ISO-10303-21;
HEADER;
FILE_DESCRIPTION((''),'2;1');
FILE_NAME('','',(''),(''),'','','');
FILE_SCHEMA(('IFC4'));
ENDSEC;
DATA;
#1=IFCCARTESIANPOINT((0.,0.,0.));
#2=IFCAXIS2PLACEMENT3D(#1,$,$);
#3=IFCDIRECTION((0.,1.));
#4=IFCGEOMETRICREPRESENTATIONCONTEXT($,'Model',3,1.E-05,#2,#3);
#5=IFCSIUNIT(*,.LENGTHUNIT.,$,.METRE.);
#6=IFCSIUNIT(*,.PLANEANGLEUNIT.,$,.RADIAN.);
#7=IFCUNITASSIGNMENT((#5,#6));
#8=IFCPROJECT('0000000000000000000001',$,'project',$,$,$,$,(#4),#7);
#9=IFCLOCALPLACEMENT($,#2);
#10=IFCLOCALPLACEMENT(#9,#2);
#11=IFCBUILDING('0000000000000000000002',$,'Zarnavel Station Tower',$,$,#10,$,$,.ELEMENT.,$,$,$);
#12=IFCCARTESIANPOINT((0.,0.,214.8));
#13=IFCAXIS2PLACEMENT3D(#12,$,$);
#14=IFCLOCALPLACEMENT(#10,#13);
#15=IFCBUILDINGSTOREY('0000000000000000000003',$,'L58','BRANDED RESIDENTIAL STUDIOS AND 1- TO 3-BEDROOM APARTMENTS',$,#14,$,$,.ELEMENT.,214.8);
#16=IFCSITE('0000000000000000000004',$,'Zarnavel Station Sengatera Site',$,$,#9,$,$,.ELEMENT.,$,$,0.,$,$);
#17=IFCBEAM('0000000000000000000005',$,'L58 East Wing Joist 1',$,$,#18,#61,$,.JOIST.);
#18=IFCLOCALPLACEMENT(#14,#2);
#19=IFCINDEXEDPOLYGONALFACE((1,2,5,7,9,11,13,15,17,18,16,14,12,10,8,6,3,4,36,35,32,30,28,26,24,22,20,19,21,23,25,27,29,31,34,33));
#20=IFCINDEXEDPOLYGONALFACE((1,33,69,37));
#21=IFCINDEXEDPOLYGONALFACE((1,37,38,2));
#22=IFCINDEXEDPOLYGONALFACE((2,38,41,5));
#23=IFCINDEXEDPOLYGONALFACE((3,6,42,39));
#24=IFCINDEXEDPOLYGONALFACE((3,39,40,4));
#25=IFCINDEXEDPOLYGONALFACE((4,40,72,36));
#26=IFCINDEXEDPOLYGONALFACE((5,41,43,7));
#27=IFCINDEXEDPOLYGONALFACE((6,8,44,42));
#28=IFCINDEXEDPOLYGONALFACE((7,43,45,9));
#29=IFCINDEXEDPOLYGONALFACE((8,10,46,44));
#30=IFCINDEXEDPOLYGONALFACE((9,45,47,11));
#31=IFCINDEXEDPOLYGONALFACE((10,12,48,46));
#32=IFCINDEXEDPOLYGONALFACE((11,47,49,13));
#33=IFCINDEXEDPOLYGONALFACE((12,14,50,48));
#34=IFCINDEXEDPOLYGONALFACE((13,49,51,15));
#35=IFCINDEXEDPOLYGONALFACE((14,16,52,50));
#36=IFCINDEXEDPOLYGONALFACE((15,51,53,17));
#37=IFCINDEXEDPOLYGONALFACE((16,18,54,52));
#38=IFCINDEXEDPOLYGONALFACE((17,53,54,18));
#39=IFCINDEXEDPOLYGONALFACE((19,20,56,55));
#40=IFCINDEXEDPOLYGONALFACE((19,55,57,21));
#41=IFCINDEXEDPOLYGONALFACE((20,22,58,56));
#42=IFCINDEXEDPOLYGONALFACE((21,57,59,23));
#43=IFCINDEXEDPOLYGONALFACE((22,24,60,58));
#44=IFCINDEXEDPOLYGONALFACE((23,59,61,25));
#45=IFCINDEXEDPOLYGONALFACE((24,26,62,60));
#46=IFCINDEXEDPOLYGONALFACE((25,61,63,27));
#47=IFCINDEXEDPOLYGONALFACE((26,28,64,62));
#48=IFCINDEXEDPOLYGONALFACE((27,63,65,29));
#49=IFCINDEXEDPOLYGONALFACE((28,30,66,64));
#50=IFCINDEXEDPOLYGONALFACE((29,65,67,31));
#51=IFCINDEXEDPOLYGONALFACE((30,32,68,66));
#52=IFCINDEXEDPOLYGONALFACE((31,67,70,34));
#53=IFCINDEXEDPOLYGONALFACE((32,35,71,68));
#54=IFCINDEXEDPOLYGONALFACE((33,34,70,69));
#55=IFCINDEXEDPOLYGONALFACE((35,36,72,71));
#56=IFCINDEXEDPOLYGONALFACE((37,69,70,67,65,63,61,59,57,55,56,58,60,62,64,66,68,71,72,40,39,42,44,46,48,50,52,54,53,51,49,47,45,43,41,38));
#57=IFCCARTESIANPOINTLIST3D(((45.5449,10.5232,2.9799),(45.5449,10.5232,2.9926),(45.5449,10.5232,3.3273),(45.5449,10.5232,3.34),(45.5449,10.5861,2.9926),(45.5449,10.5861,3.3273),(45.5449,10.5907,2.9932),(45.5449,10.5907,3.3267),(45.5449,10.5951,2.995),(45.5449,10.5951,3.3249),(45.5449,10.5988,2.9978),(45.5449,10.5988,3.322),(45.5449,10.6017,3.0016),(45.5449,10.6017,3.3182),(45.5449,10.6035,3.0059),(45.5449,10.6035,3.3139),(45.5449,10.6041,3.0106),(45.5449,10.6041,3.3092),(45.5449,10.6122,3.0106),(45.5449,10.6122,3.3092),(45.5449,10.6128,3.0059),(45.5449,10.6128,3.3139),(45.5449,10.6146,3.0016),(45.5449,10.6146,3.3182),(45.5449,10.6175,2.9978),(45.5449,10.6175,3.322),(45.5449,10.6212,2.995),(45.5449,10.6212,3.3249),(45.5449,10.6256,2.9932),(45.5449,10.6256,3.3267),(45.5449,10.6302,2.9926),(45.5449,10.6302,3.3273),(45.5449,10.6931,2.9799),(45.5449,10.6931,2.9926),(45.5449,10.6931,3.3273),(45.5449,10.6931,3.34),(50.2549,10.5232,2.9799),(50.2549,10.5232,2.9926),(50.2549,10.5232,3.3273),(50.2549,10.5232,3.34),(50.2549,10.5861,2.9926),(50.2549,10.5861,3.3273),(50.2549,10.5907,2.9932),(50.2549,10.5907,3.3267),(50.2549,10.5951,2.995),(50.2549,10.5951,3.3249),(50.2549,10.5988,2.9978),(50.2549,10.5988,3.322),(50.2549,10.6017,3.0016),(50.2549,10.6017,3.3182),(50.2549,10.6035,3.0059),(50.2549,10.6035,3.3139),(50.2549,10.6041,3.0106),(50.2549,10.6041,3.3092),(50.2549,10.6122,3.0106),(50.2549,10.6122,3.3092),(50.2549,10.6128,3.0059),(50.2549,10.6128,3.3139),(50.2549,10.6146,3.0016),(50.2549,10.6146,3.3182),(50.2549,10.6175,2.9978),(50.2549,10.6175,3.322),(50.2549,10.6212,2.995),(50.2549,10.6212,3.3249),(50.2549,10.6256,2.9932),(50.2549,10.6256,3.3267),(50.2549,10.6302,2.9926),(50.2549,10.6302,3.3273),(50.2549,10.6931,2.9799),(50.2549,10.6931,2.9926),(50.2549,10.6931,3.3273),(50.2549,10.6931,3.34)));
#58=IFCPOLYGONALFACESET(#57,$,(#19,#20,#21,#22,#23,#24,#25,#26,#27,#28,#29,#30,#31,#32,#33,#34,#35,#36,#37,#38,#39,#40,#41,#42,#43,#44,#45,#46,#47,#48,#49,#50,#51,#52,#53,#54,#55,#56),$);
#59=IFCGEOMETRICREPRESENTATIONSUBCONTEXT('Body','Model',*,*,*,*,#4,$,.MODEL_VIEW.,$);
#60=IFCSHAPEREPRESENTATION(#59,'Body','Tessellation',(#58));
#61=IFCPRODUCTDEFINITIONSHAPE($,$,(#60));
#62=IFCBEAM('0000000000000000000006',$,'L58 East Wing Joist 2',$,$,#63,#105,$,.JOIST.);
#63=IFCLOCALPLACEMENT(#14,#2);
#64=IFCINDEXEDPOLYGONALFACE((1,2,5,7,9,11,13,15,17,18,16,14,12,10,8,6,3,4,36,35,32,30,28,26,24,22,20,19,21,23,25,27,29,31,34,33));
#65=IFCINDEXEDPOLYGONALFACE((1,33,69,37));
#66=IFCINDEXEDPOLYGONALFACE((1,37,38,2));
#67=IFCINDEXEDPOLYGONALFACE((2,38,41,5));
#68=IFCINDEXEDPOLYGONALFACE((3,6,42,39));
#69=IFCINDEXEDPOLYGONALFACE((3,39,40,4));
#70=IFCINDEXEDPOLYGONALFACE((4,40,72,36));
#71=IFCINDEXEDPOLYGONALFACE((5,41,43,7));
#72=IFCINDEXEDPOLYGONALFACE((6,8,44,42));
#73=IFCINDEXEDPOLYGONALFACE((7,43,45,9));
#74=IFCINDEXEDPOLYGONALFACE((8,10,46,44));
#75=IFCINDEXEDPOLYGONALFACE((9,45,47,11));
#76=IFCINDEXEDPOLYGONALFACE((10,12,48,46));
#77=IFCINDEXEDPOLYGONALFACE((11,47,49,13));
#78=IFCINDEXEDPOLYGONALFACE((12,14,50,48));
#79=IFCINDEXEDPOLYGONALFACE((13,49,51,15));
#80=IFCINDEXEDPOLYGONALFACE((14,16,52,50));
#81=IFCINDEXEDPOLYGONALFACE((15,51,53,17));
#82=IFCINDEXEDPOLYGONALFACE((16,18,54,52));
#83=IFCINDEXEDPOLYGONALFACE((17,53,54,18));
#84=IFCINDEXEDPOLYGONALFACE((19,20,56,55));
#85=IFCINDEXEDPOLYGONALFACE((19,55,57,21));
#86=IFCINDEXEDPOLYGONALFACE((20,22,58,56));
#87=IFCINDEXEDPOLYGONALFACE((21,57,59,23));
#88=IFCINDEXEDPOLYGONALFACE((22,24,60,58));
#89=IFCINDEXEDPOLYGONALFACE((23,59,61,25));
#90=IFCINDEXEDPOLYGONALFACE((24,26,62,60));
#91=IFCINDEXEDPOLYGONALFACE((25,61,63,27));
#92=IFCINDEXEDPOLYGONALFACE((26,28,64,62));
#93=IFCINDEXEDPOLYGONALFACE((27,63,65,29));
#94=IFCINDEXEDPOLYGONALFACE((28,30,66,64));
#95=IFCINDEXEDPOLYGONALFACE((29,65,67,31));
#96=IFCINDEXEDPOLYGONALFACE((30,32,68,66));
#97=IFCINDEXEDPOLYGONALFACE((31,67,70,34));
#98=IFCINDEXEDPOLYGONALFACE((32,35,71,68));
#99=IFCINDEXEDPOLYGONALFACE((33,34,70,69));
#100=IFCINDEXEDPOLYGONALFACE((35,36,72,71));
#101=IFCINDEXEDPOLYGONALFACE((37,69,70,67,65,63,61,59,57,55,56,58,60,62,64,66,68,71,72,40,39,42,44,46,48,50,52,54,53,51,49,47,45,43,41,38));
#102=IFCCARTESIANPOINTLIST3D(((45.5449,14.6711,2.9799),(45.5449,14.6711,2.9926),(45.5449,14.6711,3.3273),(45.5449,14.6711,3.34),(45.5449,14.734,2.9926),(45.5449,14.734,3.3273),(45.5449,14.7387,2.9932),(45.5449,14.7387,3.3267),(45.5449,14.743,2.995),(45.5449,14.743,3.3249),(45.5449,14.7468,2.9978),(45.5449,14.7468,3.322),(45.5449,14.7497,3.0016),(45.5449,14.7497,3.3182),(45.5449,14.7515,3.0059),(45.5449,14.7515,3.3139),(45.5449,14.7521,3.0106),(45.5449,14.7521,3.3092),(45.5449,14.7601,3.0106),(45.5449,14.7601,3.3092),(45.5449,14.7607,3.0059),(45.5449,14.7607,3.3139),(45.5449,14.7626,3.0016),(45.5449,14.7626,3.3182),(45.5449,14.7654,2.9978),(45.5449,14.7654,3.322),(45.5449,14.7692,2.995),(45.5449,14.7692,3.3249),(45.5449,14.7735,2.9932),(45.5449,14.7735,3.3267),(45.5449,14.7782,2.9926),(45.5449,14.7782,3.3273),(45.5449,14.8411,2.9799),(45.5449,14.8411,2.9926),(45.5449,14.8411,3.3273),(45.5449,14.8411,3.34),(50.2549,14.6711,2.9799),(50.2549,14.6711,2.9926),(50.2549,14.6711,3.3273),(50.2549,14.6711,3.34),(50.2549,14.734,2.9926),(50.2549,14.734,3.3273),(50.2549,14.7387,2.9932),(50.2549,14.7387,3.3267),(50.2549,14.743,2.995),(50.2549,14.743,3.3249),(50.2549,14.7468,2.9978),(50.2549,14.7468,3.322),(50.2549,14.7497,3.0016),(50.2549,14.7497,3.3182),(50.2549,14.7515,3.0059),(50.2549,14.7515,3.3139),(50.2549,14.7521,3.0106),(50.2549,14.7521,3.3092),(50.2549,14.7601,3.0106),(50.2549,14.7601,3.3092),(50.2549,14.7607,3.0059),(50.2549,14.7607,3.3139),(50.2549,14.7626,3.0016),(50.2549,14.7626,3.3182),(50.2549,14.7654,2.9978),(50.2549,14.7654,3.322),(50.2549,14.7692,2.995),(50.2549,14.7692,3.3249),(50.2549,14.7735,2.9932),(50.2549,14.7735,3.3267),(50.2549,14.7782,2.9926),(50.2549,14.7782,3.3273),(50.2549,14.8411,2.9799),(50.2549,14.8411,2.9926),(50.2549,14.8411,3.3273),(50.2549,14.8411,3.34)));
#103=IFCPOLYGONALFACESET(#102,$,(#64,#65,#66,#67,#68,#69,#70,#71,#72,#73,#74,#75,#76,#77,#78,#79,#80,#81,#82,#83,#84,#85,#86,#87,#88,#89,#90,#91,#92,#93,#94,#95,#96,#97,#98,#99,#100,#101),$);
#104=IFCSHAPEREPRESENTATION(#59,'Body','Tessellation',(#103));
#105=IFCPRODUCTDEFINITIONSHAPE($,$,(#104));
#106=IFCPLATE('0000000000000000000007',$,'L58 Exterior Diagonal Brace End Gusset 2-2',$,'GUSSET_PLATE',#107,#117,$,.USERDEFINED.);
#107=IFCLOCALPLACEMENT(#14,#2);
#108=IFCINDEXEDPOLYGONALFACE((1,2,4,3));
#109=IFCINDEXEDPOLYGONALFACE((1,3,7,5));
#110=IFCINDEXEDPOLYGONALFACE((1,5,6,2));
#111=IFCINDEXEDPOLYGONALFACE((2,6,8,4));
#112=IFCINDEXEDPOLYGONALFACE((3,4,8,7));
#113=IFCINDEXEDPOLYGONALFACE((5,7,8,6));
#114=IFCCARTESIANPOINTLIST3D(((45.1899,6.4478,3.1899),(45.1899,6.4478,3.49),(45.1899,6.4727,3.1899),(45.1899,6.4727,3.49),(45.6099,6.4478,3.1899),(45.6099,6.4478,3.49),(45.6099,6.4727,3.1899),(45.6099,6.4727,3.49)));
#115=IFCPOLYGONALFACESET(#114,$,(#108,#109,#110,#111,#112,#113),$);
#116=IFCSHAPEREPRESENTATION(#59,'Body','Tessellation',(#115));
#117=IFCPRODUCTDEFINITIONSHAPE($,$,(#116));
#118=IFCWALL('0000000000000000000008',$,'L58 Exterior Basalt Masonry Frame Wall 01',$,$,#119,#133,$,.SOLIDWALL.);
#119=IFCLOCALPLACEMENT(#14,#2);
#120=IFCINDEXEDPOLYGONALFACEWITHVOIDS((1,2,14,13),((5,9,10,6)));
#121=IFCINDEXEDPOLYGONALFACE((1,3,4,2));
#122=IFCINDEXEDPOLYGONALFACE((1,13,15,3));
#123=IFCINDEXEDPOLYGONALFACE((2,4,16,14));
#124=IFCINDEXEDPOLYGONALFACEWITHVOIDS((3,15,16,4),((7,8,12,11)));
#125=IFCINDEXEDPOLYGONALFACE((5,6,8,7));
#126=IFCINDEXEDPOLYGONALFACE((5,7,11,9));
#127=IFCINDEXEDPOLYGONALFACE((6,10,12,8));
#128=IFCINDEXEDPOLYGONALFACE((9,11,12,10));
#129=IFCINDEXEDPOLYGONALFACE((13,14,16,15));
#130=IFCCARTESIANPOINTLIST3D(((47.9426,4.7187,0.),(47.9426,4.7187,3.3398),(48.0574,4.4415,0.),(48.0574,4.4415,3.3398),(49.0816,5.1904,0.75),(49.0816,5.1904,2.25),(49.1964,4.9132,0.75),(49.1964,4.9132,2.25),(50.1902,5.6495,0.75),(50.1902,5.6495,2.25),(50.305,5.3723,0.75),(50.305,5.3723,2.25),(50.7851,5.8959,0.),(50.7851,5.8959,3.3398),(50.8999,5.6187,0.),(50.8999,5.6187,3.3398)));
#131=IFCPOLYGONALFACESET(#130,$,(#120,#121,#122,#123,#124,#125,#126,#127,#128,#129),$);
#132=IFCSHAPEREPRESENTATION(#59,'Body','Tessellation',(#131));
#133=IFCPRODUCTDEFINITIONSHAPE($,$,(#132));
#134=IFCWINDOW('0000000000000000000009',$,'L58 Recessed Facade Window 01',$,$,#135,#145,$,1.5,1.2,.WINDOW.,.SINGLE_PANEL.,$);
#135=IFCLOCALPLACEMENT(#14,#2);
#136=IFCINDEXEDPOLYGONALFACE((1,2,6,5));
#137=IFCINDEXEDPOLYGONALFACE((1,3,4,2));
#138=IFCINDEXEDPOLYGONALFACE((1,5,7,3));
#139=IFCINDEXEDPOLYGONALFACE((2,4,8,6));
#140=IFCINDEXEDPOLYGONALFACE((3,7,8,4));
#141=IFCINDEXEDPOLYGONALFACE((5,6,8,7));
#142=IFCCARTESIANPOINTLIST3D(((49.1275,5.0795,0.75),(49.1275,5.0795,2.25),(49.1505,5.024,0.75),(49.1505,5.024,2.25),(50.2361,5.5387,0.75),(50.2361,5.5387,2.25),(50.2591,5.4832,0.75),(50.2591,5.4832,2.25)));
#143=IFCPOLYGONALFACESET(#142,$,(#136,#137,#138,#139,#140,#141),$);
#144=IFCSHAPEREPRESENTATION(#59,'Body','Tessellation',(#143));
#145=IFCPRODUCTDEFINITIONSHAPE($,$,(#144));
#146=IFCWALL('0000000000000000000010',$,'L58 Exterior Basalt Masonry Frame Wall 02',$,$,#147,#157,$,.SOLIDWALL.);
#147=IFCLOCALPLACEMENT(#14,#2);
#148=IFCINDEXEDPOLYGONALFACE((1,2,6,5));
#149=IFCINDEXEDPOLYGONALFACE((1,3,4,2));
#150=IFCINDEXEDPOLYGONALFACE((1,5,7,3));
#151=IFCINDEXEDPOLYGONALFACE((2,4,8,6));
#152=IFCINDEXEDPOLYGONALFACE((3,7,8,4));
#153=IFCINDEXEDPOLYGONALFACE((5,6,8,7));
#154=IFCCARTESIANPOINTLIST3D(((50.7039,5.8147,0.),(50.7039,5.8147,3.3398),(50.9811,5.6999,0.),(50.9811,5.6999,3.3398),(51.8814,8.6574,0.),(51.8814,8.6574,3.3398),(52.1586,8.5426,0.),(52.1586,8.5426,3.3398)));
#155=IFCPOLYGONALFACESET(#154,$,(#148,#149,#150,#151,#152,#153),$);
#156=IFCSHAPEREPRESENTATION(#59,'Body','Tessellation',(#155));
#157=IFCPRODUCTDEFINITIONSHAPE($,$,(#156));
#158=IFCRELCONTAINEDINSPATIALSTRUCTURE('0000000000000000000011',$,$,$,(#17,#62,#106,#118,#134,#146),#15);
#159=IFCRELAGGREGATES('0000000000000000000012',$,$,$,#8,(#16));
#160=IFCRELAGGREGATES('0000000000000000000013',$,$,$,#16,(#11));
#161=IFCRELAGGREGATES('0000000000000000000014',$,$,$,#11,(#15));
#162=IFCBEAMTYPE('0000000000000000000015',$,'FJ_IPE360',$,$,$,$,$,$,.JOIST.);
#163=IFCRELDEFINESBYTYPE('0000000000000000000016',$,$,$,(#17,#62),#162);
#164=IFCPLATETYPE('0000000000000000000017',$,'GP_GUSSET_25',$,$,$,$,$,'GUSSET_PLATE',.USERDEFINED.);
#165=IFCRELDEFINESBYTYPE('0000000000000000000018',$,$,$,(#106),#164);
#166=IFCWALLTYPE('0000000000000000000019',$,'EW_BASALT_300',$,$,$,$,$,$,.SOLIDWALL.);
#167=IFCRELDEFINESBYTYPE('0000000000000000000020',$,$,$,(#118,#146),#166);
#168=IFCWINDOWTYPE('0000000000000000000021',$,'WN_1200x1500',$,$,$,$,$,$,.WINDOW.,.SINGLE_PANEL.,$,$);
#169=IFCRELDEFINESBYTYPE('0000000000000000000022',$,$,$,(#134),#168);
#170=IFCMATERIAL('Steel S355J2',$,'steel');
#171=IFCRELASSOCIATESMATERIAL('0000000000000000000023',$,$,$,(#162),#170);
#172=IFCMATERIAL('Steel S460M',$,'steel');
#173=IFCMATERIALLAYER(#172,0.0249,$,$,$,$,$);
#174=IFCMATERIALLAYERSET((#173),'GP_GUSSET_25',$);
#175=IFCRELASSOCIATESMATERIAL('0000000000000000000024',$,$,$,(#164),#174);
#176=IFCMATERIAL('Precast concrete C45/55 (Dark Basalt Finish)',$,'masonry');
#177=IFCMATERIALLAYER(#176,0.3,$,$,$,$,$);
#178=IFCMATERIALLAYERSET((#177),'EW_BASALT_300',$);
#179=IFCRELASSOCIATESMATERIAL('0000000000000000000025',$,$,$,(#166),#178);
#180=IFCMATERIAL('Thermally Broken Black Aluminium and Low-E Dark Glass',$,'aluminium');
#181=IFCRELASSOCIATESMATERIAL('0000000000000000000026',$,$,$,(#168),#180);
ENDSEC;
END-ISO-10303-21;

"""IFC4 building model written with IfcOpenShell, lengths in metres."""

from ifc_helpers import new_model, si_unit, direction, frame, frame_2d, origin, origin_2d, place, context, subcontext, project, spatial, rectangle, i_section, extrude, material, layer, layer_set, material_profile, profile_set, type_object, element, fill, save


model = new_model("IFC4")

# Units and contexts
model_context = context("Model", 3, precision=1e-05, world=origin(), true_north=direction((0.0, 1.0)))
body_context = subcontext(model_context, "Body", "Model", "MODEL_VIEW")
ifc_project = project(units=[si_unit("LENGTHUNIT", "METRE"), si_unit("PLANEANGLEUNIT", "RADIAN")], contexts=[model_context])

# Site, building, storey
site_placement = place(None, origin())
site = spatial("IfcSite", under=ifc_project, at=site_placement, Name="Zarnavel Station Sengatera Site", CompositionType="ELEMENT", RefElevation=0.0)
building_placement = place(site_placement, origin())
building = spatial("IfcBuilding", under=site, at=building_placement, Name="Zarnavel Station Tower", CompositionType="ELEMENT")
storey_placement = place(building_placement, frame((0.0, 0.0, 214.8)))
storey = spatial("IfcBuildingStorey", under=building, at=storey_placement, Name="L58", Description="BRANDED RESIDENTIAL STUDIOS AND 1- TO 3-BEDROOM APARTMENTS", CompositionType="ELEMENT", Elevation=214.8)

# Beams
ifc_material_1 = material(Name="Steel S355J2", Category="steel")
ifc_material_profile_1 = material_profile(ifc_material_1, i_section(OverallWidth=0.1699, OverallDepth=0.3601, WebThickness=0.0081, FlangeThickness=0.0127, FilletRadius=0.0181, at=origin_2d()), Name="IPE360")
ifc_profile_set_1 = profile_set([ifc_material_profile_1], Name="Steel S355J2")
beam_type_1 = type_object("IfcBeamType", Name="FJ_IPE360", PredefinedType="JOIST", material=ifc_profile_set_1)
for number, where, z_axis, x_axis, name in (
    (1, (45.5449, 10.6082, 3.1599), (1.0, 0.0, 0.0), (0.0, 1.0, 0.0), "L58 East Wing Joist 1"),
    (2, (45.5449, 14.7561, 3.1599), (1.0, 0.0, 0.0), (0.0, 1.0, 0.0), "L58 East Wing Joist 2"),
):
    element("IfcBeam", number, at=place(storey_placement, frame(where, z_axis=z_axis, x_axis=x_axis)), inside=storey, type_object=beam_type_1, Name=name, PredefinedType="JOIST", context=body_context, shape_type="SweptSolid", body=[
        extrude(i_section(OverallWidth=0.1699, OverallDepth=0.3601, WebThickness=0.0081, FlangeThickness=0.0127, FilletRadius=0.0181, at=origin_2d()), origin(), (0.0, 0.0, 1.0), 4.71),
    ])

# Plate
ifc_material_2 = material(Name="Steel S460M", Category="steel")
ifc_layer_1 = layer(ifc_material_2, 0.0249)
ifc_layer_set_1 = layer_set([ifc_layer_1], Name="GP_GUSSET_25")
plate_type = type_object("IfcPlateType", Name="GP_GUSSET_25", ElementType="GUSSET_PLATE", PredefinedType="USERDEFINED", material=ifc_layer_set_1)
plate_placement = place(storey_placement, frame((45.3999, 6.4602, 3.1899), z_axis=(0.0, 0.0, 1.0), x_axis=(1.0, 0.0, 0.0)))
element("IfcPlate", 3, at=plate_placement, inside=storey, type_object=plate_type, Name="L58 Exterior Diagonal Brace End Gusset 2-2", ObjectType="GUSSET_PLATE", PredefinedType="USERDEFINED", context=body_context, shape_type="SweptSolid", body=[
    extrude(rectangle(XDim=0.4199, YDim=0.0249, at=origin_2d()), origin(), (0.0, 0.0, 1.0), 0.3),
])

# Wall, opening, window
ifc_material_3 = material(Name="Precast concrete C45/55 (Dark Basalt Finish)", Category="masonry")
ifc_layer_2 = layer(ifc_material_3, 0.3)
ifc_layer_set_2 = layer_set([ifc_layer_2], Name="EW_BASALT_300")
wall_type_1 = type_object("IfcWallType", Name="EW_BASALT_300", PredefinedType="SOLIDWALL", material=ifc_layer_set_2)
wall_1_placement = place(storey_placement, frame((50.8425, 5.7573, 0.0), z_axis=(0.0, 0.0, 1.0), x_axis=(-0.923899, -0.382637, 0.0)))
wall_1 = element("IfcWall", 4, at=wall_1_placement, inside=storey, type_object=wall_type_1, Name="L58 Exterior Basalt Masonry Frame Wall 01", PredefinedType="SOLIDWALL", context=body_context, shape_type="SweptSolid", body=[
    extrude(rectangle(XDim=3.0767, YDim=0.3, at=frame_2d((1.5383, 0.0))), origin(), (0.0, 0.0, 1.0), 3.3398),
])
opening_1_placement = place(wall_1_placement, frame((0.6438, 0.0, 0.75)))
opening_1 = element("IfcOpeningElement", 5, at=opening_1_placement, cuts=wall_1, PredefinedType="OPENING", context=body_context, shape_type="SweptSolid", body=[
    extrude(rectangle(XDim=1.2, YDim=1.5, at=frame_2d((0.6001, 0.75))), frame((0.0, 0.1599, 0.0), z_axis=(0.0, -1.0, 0.0), x_axis=(1.0, 0.0, 0.0)), (0.0, 0.0, 1.0), 0.3201),
])
ifc_material_4 = material(Name="Thermally Broken Black Aluminium and Low-E Dark Glass", Category="aluminium")
window_type_1 = type_object("IfcWindowType", Name="WN_1200x1500", PartitioningType="SINGLE_PANEL", PredefinedType="WINDOW", material=ifc_material_4)
window_1_placement = place(opening_1_placement, origin())
window_1 = element("IfcWindow", 6, at=window_1_placement, inside=storey, type_object=window_type_1, Name="L58 Recessed Facade Window 01", OverallHeight=1.5, OverallWidth=1.2, PartitioningType="SINGLE_PANEL", PredefinedType="WINDOW", context=body_context, shape_type="SweptSolid", body=[
    extrude(rectangle(XDim=1.2, YDim=1.5, at=frame_2d((0.6001, 0.75))), frame((0.0, 0.03, 0.0), z_axis=(0.0, -1.0, 0.0), x_axis=(1.0, 0.0, 0.0)), (0.0, 0.0, 1.0), 0.0601),
])
fill(opening_1, window_1)

# Wall
wall_2_placement = place(storey_placement, frame((52.02, 8.6001, 0.0), z_axis=(0.0, 0.0, 1.0), x_axis=(-0.382676, -0.923882, 0.0)))
element("IfcWall", 7, at=wall_2_placement, inside=storey, type_object=wall_type_1, Name="L58 Exterior Basalt Masonry Frame Wall 02", PredefinedType="SOLIDWALL", context=body_context, shape_type="SweptSolid", body=[
    extrude(rectangle(XDim=3.0769, YDim=0.3, at=frame_2d((1.5386, 0.0))), origin(), (0.0, 0.0, 1.0), 3.3398),
])

save(model, "model.ifc")
